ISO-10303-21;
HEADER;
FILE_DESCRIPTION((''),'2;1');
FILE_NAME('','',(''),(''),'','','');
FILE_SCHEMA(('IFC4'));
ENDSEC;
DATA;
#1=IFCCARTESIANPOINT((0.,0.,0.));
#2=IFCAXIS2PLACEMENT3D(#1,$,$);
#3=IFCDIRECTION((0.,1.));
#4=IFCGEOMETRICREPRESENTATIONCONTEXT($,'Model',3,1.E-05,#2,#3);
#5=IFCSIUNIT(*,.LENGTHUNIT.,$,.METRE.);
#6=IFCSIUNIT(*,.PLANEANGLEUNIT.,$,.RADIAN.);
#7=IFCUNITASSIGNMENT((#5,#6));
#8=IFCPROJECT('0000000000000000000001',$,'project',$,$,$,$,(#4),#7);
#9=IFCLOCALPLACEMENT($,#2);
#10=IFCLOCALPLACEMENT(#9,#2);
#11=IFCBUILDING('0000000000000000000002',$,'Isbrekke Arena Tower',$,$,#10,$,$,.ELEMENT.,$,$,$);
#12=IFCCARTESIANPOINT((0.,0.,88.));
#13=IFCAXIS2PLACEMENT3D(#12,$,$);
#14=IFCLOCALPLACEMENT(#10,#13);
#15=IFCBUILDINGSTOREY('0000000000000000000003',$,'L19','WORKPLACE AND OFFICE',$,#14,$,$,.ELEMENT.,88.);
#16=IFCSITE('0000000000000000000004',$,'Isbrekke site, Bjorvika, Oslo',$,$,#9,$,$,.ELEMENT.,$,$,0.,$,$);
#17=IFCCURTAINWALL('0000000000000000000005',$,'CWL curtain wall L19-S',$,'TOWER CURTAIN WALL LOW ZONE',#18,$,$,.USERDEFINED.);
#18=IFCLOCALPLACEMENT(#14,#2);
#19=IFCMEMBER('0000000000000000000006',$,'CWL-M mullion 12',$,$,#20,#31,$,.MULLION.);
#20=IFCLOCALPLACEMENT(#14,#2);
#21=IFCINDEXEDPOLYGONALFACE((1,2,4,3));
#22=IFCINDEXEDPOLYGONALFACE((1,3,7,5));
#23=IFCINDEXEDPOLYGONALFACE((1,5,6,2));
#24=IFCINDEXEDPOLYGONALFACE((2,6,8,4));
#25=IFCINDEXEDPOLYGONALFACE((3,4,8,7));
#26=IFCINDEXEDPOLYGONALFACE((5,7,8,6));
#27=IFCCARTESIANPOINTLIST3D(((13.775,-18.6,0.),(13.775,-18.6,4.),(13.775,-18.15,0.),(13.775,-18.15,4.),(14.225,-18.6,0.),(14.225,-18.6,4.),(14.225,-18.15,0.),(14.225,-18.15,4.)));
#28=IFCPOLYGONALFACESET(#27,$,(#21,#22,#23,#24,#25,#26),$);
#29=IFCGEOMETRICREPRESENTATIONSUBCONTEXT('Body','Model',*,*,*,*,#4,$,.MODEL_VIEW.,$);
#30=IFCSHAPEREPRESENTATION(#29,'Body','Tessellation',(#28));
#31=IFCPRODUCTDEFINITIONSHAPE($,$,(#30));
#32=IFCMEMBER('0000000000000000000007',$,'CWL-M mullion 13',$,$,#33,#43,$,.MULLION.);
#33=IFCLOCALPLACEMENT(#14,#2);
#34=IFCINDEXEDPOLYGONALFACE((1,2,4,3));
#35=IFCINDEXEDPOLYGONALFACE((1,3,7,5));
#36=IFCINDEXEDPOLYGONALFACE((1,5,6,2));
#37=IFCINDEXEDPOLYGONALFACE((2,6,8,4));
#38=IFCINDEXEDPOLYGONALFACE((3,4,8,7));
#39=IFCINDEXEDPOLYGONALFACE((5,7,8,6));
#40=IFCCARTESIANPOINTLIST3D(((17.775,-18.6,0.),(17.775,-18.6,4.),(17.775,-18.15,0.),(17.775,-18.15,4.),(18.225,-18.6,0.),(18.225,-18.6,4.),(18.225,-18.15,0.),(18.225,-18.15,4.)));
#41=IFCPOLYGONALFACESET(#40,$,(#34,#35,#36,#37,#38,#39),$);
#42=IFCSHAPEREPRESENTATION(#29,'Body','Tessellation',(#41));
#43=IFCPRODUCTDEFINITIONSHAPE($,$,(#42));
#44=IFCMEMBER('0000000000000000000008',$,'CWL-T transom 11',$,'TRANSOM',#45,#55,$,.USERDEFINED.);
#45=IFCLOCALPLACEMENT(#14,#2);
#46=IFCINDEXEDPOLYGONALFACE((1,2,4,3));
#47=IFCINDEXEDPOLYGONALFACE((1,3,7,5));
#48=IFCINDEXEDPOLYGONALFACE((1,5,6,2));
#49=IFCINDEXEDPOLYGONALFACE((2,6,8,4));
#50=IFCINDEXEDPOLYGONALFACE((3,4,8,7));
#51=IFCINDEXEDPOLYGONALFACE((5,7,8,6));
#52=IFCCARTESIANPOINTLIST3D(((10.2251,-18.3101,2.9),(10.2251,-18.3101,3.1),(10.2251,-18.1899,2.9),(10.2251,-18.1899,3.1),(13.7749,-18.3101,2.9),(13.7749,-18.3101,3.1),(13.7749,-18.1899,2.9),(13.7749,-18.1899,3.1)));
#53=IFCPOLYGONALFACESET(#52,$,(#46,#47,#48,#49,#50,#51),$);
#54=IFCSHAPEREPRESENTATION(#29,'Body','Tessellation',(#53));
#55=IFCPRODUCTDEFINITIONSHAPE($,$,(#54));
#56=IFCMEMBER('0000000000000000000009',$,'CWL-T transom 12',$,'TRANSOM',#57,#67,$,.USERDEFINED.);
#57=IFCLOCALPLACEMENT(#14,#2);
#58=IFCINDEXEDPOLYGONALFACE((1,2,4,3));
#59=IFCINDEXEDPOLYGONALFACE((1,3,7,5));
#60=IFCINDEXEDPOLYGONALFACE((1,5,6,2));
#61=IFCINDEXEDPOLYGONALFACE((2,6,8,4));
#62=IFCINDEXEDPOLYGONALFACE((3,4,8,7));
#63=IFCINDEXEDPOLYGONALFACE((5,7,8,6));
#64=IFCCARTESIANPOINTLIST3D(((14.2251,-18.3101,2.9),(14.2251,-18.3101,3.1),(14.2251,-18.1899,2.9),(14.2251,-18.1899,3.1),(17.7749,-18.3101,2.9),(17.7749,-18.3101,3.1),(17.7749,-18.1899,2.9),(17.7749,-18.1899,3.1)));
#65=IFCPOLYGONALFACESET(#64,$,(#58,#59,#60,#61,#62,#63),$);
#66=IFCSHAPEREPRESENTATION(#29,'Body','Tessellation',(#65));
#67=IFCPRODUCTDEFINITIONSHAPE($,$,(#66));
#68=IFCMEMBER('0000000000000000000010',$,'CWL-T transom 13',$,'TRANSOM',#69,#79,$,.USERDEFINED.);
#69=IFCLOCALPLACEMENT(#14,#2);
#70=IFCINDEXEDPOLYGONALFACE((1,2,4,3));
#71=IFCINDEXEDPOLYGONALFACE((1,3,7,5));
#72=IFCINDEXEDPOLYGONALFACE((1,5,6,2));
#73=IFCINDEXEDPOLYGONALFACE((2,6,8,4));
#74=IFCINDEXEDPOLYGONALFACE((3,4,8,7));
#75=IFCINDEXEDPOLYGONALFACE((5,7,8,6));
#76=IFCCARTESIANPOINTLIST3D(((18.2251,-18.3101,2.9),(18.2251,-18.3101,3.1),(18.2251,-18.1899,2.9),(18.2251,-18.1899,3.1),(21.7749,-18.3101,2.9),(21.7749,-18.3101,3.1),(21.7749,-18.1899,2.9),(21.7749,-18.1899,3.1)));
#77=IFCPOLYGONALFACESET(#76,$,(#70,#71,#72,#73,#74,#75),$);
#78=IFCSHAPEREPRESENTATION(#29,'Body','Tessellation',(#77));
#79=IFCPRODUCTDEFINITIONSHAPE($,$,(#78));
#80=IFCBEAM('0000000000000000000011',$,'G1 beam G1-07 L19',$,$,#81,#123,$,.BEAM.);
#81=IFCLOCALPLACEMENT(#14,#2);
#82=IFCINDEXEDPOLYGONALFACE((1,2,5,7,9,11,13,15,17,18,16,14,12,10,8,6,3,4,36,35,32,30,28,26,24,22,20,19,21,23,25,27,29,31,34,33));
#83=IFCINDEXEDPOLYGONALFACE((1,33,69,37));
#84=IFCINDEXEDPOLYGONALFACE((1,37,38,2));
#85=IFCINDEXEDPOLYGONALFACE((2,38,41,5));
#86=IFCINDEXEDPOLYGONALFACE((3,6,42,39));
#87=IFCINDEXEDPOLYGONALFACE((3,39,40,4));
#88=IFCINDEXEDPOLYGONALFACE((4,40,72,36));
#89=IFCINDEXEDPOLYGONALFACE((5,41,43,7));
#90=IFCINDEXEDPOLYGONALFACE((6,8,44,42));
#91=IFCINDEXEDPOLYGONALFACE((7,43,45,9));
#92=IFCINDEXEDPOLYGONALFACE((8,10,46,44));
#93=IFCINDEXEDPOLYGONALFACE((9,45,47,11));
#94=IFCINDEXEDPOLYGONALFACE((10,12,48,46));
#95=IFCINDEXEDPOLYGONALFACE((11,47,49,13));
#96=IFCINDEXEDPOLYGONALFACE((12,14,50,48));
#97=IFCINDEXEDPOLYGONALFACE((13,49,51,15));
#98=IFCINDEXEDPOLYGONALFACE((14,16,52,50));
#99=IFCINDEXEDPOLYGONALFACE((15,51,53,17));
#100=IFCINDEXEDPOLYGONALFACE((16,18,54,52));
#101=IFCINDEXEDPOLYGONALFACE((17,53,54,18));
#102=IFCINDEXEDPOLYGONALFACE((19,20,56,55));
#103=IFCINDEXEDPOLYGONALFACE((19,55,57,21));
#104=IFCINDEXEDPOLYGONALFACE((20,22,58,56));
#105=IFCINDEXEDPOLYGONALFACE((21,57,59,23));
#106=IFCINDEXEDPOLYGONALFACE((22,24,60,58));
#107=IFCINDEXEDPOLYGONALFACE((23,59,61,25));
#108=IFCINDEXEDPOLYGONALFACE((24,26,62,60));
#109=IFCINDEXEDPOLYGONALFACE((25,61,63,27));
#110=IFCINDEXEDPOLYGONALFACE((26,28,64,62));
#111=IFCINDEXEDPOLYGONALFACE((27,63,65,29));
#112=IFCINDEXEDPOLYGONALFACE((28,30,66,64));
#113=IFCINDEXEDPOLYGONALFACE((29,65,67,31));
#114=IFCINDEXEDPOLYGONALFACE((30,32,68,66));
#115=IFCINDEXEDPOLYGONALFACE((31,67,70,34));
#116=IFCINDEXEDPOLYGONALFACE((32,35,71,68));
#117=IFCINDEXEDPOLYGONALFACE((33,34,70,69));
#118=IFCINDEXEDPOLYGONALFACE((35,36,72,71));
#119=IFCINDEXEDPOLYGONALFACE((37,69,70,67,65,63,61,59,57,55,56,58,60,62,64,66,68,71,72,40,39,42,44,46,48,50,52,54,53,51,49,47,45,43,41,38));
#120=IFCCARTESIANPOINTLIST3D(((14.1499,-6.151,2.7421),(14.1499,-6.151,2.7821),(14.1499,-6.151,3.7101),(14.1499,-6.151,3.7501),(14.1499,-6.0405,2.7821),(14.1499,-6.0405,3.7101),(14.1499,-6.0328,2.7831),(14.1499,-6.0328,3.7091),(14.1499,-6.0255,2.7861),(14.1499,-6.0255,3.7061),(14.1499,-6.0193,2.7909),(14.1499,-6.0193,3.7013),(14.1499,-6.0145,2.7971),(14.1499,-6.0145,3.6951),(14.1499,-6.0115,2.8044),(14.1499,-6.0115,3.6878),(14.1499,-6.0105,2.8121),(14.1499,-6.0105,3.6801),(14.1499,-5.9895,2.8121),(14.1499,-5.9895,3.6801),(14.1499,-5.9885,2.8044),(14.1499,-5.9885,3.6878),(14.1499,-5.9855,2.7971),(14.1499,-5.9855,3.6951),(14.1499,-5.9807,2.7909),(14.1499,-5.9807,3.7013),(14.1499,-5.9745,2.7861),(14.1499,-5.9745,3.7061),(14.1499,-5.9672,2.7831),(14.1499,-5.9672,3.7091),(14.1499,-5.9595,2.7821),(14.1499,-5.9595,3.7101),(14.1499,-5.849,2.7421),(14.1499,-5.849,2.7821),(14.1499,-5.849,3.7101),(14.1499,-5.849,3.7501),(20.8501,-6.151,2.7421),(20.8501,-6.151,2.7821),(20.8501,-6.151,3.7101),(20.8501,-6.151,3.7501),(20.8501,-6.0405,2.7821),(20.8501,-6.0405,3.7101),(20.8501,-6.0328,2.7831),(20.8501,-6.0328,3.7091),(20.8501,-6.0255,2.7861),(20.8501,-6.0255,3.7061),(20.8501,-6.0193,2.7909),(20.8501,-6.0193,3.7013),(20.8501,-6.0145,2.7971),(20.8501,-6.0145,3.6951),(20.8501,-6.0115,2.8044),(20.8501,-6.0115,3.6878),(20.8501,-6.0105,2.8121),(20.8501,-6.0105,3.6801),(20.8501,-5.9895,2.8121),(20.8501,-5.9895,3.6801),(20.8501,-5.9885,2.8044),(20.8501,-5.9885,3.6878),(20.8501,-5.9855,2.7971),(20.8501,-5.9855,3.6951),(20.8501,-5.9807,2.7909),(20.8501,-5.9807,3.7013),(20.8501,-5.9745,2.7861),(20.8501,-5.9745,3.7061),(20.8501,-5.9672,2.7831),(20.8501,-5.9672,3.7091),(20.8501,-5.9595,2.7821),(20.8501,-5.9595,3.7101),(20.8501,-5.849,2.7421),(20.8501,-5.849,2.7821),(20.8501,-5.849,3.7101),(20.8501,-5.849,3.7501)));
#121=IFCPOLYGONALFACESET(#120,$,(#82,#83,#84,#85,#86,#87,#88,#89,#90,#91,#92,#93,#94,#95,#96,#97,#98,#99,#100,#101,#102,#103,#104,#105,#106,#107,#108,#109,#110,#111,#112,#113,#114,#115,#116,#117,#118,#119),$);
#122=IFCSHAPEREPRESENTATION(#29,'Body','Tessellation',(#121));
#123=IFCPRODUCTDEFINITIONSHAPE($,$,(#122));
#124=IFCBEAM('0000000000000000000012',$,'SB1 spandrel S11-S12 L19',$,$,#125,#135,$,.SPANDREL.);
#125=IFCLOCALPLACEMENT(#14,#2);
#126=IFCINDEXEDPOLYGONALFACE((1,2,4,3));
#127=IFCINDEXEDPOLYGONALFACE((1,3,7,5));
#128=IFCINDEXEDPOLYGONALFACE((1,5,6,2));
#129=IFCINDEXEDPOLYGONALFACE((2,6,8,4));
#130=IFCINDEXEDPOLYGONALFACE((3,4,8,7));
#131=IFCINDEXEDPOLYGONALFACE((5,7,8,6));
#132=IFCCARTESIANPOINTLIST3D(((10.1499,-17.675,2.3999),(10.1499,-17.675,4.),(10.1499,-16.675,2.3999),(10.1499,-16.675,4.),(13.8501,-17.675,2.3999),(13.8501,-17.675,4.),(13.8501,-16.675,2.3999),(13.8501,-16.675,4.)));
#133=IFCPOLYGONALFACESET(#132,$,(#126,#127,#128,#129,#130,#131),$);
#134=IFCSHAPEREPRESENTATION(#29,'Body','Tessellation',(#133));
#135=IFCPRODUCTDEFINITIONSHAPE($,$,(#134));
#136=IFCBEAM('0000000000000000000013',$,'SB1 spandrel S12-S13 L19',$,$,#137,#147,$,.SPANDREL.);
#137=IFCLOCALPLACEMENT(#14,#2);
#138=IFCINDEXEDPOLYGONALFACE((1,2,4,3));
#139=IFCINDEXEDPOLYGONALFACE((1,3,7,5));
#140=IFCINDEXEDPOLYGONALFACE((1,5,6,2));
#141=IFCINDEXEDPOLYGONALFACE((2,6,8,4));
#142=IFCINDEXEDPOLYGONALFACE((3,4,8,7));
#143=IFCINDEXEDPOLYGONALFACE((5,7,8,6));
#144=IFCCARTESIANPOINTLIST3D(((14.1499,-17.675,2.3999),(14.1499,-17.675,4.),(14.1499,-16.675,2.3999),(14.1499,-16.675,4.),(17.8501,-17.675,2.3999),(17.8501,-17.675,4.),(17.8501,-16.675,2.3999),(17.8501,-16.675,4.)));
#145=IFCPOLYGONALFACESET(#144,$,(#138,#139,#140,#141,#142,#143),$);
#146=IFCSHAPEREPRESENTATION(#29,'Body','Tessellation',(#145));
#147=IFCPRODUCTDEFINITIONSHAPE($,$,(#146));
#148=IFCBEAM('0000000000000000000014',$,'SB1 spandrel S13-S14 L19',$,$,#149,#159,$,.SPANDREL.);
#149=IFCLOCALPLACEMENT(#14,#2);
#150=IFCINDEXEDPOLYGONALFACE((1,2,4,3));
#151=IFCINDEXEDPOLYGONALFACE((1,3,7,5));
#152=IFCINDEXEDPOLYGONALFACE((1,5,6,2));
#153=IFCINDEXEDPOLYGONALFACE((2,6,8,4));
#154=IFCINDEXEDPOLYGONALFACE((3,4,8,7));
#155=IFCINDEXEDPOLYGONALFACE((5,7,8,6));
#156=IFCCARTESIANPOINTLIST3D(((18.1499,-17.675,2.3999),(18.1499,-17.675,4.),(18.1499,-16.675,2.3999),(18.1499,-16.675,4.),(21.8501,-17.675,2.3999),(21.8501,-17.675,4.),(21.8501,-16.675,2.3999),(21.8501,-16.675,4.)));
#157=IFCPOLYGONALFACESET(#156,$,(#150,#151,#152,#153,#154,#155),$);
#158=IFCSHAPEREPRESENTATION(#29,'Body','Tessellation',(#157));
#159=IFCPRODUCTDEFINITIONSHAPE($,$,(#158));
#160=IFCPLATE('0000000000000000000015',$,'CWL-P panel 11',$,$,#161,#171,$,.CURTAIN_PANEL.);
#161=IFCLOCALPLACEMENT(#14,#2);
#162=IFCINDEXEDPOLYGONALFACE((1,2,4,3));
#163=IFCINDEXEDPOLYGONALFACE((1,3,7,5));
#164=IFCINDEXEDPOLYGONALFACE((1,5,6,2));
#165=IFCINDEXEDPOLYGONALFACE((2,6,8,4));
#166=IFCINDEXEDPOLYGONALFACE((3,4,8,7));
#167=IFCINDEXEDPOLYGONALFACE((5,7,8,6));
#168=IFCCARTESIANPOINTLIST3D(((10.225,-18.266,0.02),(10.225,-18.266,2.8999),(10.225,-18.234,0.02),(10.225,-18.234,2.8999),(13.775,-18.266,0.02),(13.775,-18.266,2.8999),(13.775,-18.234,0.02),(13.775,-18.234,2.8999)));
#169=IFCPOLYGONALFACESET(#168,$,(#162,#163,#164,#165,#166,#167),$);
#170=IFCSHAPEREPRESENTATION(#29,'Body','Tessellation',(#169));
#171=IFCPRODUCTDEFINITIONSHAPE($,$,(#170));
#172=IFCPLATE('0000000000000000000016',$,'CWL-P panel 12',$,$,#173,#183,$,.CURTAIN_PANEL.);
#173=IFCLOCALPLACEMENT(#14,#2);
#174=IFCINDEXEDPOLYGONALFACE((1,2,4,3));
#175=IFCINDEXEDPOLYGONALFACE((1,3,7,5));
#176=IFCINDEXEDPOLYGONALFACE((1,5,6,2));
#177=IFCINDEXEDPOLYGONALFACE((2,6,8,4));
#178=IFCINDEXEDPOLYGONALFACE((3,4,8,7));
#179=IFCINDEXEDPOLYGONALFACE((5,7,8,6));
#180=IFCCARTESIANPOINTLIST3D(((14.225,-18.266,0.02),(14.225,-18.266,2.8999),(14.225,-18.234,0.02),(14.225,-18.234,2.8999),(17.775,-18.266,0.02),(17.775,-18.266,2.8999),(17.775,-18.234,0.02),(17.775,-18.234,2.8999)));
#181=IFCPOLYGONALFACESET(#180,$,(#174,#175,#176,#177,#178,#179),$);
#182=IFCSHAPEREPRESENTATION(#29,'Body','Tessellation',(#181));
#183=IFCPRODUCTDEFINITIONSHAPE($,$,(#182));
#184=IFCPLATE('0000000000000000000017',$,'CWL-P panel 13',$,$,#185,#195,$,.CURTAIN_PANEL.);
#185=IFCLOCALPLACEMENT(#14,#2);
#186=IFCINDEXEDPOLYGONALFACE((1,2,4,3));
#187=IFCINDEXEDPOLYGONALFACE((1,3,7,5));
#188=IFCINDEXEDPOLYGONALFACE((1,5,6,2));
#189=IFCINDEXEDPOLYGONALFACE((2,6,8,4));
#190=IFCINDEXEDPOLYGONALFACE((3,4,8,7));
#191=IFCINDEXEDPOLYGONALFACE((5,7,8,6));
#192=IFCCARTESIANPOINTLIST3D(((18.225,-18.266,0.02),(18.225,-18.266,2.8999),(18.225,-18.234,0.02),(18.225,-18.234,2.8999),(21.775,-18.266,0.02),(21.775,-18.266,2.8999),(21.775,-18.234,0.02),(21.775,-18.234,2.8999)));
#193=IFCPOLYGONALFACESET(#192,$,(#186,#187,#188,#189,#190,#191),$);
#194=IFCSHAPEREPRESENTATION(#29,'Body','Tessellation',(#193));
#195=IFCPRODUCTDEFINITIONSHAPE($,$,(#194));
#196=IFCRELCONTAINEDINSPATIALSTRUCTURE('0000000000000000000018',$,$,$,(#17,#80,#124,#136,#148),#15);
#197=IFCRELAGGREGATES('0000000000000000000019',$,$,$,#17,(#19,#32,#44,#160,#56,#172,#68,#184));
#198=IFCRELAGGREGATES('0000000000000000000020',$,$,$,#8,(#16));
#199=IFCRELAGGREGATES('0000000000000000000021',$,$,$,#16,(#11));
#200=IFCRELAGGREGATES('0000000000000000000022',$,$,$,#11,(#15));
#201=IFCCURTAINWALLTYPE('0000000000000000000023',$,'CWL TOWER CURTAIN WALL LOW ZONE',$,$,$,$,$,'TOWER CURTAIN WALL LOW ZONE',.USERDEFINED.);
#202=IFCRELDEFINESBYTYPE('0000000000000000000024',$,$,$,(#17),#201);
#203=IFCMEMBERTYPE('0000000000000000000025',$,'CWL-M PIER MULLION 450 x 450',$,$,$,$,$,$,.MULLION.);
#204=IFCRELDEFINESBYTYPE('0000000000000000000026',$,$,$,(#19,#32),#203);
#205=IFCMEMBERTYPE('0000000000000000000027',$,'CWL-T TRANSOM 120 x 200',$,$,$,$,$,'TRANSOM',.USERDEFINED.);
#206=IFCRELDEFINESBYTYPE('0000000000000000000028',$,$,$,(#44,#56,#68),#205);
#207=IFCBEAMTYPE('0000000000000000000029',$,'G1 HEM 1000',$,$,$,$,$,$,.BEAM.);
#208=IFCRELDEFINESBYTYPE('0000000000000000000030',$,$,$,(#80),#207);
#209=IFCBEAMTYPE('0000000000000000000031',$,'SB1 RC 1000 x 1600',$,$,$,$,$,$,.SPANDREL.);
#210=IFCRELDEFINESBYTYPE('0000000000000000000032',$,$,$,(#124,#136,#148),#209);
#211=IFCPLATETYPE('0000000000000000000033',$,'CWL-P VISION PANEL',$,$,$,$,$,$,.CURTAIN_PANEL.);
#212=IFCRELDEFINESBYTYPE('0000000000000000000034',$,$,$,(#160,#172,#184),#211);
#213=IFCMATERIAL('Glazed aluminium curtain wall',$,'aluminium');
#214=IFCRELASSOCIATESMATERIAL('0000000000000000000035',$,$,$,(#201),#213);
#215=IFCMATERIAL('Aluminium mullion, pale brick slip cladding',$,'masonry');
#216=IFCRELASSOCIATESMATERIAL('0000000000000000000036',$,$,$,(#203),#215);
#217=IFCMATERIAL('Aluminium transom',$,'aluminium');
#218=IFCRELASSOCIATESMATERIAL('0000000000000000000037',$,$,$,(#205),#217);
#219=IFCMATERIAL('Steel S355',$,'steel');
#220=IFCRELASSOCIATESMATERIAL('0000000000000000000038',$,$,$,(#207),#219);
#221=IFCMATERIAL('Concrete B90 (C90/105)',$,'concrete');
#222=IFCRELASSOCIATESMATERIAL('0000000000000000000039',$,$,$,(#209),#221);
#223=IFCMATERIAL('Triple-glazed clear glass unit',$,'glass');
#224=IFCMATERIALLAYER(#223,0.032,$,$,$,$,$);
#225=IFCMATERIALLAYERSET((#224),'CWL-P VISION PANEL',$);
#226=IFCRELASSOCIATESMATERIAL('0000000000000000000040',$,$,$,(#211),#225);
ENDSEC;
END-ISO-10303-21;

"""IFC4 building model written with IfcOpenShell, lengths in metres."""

from ifc_helpers import new_model, si_unit, direction, frame, origin, origin_2d, place, context, subcontext, project, spatial, rectangle, i_section, extrude, material, layer, layer_set, material_profile, profile_set, type_object, element, aggregate, save


model = new_model("IFC4")

# Units and contexts
model_context = context("Model", 3, precision=1e-05, world=origin(), true_north=direction((0.0, 1.0)))
body_context = subcontext(model_context, "Body", "Model", "MODEL_VIEW")
ifc_project = project(units=[si_unit("LENGTHUNIT", "METRE"), si_unit("PLANEANGLEUNIT", "RADIAN")], contexts=[model_context])

# Site, building, storey
site_placement = place(None, origin())
site = spatial("IfcSite", under=ifc_project, at=site_placement, Name="Isbrekke site, Bjorvika, Oslo", CompositionType="ELEMENT", RefElevation=0.0)
building_placement = place(site_placement, origin())
building = spatial("IfcBuilding", under=site, at=building_placement, Name="Isbrekke Arena Tower", CompositionType="ELEMENT")
storey_placement = place(building_placement, frame((0.0, 0.0, 88.0)))
storey = spatial("IfcBuildingStorey", under=building, at=storey_placement, Name="L19", Description="WORKPLACE AND OFFICE", CompositionType="ELEMENT", Elevation=88.0)

# Curtain wall, members
ifc_material_1 = material(Name="Glazed aluminium curtain wall", Category="aluminium")
curtain_wall_type = type_object("IfcCurtainWallType", Name="CWL TOWER CURTAIN WALL LOW ZONE", ElementType="TOWER CURTAIN WALL LOW ZONE", PredefinedType="USERDEFINED", material=ifc_material_1)
curtain_wall_placement = place(storey_placement, origin())
curtain_wall = element("IfcCurtainWall", 1, at=curtain_wall_placement, inside=storey, type_object=curtain_wall_type, Name="CWL curtain wall L19-S", ObjectType="TOWER CURTAIN WALL LOW ZONE", PredefinedType="USERDEFINED")
ifc_material_2 = material(Name="Aluminium mullion, pale brick slip cladding", Category="masonry")
ifc_material_profile_1 = material_profile(ifc_material_2, rectangle(XDim=0.45, YDim=0.45, at=origin_2d()), Name="PIER 450X450")
ifc_profile_set_1 = profile_set([ifc_material_profile_1], Name="Aluminium mullion, pale brick slip cladding")
member_type_1 = type_object("IfcMemberType", Name="CWL-M PIER MULLION 450 x 450", PredefinedType="MULLION", material=ifc_profile_set_1)
member_1_placement = place(storey_placement, frame((14.0, -18.375, 0.0), z_axis=(0.0, 0.0, 1.0), x_axis=(1.0, 0.0, 0.0)))
member_1 = element("IfcMember", 2, at=member_1_placement, type_object=member_type_1, Name="CWL-M mullion 12", PredefinedType="MULLION", context=body_context, shape_type="SweptSolid", body=[
    extrude(rectangle(XDim=0.45, YDim=0.45, at=origin_2d()), origin(), (0.0, 0.0, 1.0), 4.0),
])
member_2_placement = place(storey_placement, frame((18.0, -18.375, 0.0), z_axis=(0.0, 0.0, 1.0), x_axis=(1.0, 0.0, 0.0)))
member_2 = element("IfcMember", 3, at=member_2_placement, type_object=member_type_1, Name="CWL-M mullion 13", PredefinedType="MULLION", context=body_context, shape_type="SweptSolid", body=[
    extrude(rectangle(XDim=0.45, YDim=0.45, at=origin_2d()), origin(), (0.0, 0.0, 1.0), 4.0),
])
ifc_material_3 = material(Name="Aluminium transom", Category="aluminium")
ifc_material_profile_2 = material_profile(ifc_material_3, rectangle(XDim=0.1201, YDim=0.2, at=origin_2d()), Name="TRANSOM 120X200")
ifc_profile_set_2 = profile_set([ifc_material_profile_2], Name="Aluminium transom")
member_type_2 = type_object("IfcMemberType", Name="CWL-T TRANSOM 120 x 200", ElementType="TRANSOM", PredefinedType="USERDEFINED", material=ifc_profile_set_2)
member_3_placement = place(storey_placement, frame((10.2251, -18.25, 3.0), z_axis=(1.0, 0.0, 0.0), x_axis=(0.0, 1.0, 0.0)))
member_3 = element("IfcMember", 4, at=member_3_placement, type_object=member_type_2, Name="CWL-T transom 11", ObjectType="TRANSOM", PredefinedType="USERDEFINED", context=body_context, shape_type="SweptSolid", body=[
    extrude(rectangle(XDim=0.1201, YDim=0.2, at=origin_2d()), origin(), (0.0, 0.0, 1.0), 3.5498),
])
member_4_placement = place(storey_placement, frame((14.2251, -18.25, 3.0), z_axis=(1.0, 0.0, 0.0), x_axis=(0.0, 1.0, 0.0)))
member_4 = element("IfcMember", 5, at=member_4_placement, type_object=member_type_2, Name="CWL-T transom 12", ObjectType="TRANSOM", PredefinedType="USERDEFINED", context=body_context, shape_type="SweptSolid", body=[
    extrude(rectangle(XDim=0.1201, YDim=0.2, at=origin_2d()), origin(), (0.0, 0.0, 1.0), 3.5498),
])
member_5_placement = place(storey_placement, frame((18.2251, -18.25, 3.0), z_axis=(1.0, 0.0, 0.0), x_axis=(0.0, 1.0, 0.0)))
member_5 = element("IfcMember", 6, at=member_5_placement, type_object=member_type_2, Name="CWL-T transom 13", ObjectType="TRANSOM", PredefinedType="USERDEFINED", context=body_context, shape_type="SweptSolid", body=[
    extrude(rectangle(XDim=0.1201, YDim=0.2, at=origin_2d()), origin(), (0.0, 0.0, 1.0), 3.5498),
])

# Beams
ifc_material_4 = material(Name="Steel S355", Category="steel")
ifc_material_profile_3 = material_profile(ifc_material_4, i_section(OverallWidth=0.302, OverallDepth=1.0081, WebThickness=0.021, FlangeThickness=0.04, FilletRadius=0.03, at=origin_2d()), Name="HEM 1000")
ifc_profile_set_3 = profile_set([ifc_material_profile_3], Name="Steel S355")
beam_type_1 = type_object("IfcBeamType", Name="G1 HEM 1000", PredefinedType="BEAM", material=ifc_profile_set_3)
beam_1_placement = place(storey_placement, frame((14.1499, -6.0, 3.2461), z_axis=(1.0, 0.0, 0.0), x_axis=(0.0, 1.0, 0.0)))
element("IfcBeam", 7, at=beam_1_placement, inside=storey, type_object=beam_type_1, Name="G1 beam G1-07 L19", PredefinedType="BEAM", context=body_context, shape_type="SweptSolid", body=[
    extrude(i_section(OverallWidth=0.302, OverallDepth=1.0081, WebThickness=0.021, FlangeThickness=0.04, FilletRadius=0.03, at=origin_2d()), origin(), (0.0, 0.0, 1.0), 6.7002),
])
ifc_material_5 = material(Name="Concrete B90 (C90/105)", Category="concrete")
ifc_material_profile_4 = material_profile(ifc_material_5, rectangle(XDim=1.0, YDim=1.6001, at=origin_2d()), Name="RC 1000x1600")
ifc_profile_set_4 = profile_set([ifc_material_profile_4], Name="Concrete B90 (C90/105)")
beam_type_2 = type_object("IfcBeamType", Name="SB1 RC 1000 x 1600", PredefinedType="SPANDREL", material=ifc_profile_set_4)
for number, where, z_axis, x_axis, name in (
    (8, (10.1499, -17.175, 3.2), (1.0, 0.0, 0.0), (0.0, 1.0, 0.0), "SB1 spandrel S11-S12 L19"),
    (9, (14.1499, -17.175, 3.2), (1.0, 0.0, 0.0), (0.0, 1.0, 0.0), "SB1 spandrel S12-S13 L19"),
    (10, (18.1499, -17.175, 3.2), (1.0, 0.0, 0.0), (0.0, 1.0, 0.0), "SB1 spandrel S13-S14 L19"),
):
    element("IfcBeam", number, at=place(storey_placement, frame(where, z_axis=z_axis, x_axis=x_axis)), inside=storey, type_object=beam_type_2, Name=name, PredefinedType="SPANDREL", context=body_context, shape_type="SweptSolid", body=[
        extrude(rectangle(XDim=1.0, YDim=1.6001, at=origin_2d()), origin(), (0.0, 0.0, 1.0), 3.7002),
    ])

# Plates
ifc_material_6 = material(Name="Triple-glazed clear glass unit", Category="glass")
ifc_layer_1 = layer(ifc_material_6, 0.032)
ifc_layer_set_1 = layer_set([ifc_layer_1], Name="CWL-P VISION PANEL")
plate_type = type_object("IfcPlateType", Name="CWL-P VISION PANEL", PredefinedType="CURTAIN_PANEL", material=ifc_layer_set_1)
plate_1_placement = place(storey_placement, frame((12.0, -18.25, 0.02), z_axis=(0.0, 0.0, 1.0), x_axis=(1.0, 0.0, 0.0)))
plate_1 = element("IfcPlate", 11, at=plate_1_placement, type_object=plate_type, Name="CWL-P panel 11", PredefinedType="CURTAIN_PANEL", context=body_context, shape_type="SweptSolid", body=[
    extrude(rectangle(XDim=3.55, YDim=0.032, at=origin_2d()), origin(), (0.0, 0.0, 1.0), 2.8799),
])
plate_2_placement = place(storey_placement, frame((16.0, -18.25, 0.02), z_axis=(0.0, 0.0, 1.0), x_axis=(1.0, 0.0, 0.0)))
plate_2 = element("IfcPlate", 12, at=plate_2_placement, type_object=plate_type, Name="CWL-P panel 12", PredefinedType="CURTAIN_PANEL", context=body_context, shape_type="SweptSolid", body=[
    extrude(rectangle(XDim=3.55, YDim=0.032, at=origin_2d()), origin(), (0.0, 0.0, 1.0), 2.8799),
])
plate_3_placement = place(storey_placement, frame((20.0, -18.25, 0.02), z_axis=(0.0, 0.0, 1.0), x_axis=(1.0, 0.0, 0.0)))
plate_3 = element("IfcPlate", 13, at=plate_3_placement, type_object=plate_type, Name="CWL-P panel 13", PredefinedType="CURTAIN_PANEL", context=body_context, shape_type="SweptSolid", body=[
    extrude(rectangle(XDim=3.55, YDim=0.032, at=origin_2d()), origin(), (0.0, 0.0, 1.0), 2.8799),
])
aggregate(curtain_wall, [member_1, member_2, member_3, plate_1, member_4, plate_2, member_5, plate_3])

save(model, "model.ifc")
